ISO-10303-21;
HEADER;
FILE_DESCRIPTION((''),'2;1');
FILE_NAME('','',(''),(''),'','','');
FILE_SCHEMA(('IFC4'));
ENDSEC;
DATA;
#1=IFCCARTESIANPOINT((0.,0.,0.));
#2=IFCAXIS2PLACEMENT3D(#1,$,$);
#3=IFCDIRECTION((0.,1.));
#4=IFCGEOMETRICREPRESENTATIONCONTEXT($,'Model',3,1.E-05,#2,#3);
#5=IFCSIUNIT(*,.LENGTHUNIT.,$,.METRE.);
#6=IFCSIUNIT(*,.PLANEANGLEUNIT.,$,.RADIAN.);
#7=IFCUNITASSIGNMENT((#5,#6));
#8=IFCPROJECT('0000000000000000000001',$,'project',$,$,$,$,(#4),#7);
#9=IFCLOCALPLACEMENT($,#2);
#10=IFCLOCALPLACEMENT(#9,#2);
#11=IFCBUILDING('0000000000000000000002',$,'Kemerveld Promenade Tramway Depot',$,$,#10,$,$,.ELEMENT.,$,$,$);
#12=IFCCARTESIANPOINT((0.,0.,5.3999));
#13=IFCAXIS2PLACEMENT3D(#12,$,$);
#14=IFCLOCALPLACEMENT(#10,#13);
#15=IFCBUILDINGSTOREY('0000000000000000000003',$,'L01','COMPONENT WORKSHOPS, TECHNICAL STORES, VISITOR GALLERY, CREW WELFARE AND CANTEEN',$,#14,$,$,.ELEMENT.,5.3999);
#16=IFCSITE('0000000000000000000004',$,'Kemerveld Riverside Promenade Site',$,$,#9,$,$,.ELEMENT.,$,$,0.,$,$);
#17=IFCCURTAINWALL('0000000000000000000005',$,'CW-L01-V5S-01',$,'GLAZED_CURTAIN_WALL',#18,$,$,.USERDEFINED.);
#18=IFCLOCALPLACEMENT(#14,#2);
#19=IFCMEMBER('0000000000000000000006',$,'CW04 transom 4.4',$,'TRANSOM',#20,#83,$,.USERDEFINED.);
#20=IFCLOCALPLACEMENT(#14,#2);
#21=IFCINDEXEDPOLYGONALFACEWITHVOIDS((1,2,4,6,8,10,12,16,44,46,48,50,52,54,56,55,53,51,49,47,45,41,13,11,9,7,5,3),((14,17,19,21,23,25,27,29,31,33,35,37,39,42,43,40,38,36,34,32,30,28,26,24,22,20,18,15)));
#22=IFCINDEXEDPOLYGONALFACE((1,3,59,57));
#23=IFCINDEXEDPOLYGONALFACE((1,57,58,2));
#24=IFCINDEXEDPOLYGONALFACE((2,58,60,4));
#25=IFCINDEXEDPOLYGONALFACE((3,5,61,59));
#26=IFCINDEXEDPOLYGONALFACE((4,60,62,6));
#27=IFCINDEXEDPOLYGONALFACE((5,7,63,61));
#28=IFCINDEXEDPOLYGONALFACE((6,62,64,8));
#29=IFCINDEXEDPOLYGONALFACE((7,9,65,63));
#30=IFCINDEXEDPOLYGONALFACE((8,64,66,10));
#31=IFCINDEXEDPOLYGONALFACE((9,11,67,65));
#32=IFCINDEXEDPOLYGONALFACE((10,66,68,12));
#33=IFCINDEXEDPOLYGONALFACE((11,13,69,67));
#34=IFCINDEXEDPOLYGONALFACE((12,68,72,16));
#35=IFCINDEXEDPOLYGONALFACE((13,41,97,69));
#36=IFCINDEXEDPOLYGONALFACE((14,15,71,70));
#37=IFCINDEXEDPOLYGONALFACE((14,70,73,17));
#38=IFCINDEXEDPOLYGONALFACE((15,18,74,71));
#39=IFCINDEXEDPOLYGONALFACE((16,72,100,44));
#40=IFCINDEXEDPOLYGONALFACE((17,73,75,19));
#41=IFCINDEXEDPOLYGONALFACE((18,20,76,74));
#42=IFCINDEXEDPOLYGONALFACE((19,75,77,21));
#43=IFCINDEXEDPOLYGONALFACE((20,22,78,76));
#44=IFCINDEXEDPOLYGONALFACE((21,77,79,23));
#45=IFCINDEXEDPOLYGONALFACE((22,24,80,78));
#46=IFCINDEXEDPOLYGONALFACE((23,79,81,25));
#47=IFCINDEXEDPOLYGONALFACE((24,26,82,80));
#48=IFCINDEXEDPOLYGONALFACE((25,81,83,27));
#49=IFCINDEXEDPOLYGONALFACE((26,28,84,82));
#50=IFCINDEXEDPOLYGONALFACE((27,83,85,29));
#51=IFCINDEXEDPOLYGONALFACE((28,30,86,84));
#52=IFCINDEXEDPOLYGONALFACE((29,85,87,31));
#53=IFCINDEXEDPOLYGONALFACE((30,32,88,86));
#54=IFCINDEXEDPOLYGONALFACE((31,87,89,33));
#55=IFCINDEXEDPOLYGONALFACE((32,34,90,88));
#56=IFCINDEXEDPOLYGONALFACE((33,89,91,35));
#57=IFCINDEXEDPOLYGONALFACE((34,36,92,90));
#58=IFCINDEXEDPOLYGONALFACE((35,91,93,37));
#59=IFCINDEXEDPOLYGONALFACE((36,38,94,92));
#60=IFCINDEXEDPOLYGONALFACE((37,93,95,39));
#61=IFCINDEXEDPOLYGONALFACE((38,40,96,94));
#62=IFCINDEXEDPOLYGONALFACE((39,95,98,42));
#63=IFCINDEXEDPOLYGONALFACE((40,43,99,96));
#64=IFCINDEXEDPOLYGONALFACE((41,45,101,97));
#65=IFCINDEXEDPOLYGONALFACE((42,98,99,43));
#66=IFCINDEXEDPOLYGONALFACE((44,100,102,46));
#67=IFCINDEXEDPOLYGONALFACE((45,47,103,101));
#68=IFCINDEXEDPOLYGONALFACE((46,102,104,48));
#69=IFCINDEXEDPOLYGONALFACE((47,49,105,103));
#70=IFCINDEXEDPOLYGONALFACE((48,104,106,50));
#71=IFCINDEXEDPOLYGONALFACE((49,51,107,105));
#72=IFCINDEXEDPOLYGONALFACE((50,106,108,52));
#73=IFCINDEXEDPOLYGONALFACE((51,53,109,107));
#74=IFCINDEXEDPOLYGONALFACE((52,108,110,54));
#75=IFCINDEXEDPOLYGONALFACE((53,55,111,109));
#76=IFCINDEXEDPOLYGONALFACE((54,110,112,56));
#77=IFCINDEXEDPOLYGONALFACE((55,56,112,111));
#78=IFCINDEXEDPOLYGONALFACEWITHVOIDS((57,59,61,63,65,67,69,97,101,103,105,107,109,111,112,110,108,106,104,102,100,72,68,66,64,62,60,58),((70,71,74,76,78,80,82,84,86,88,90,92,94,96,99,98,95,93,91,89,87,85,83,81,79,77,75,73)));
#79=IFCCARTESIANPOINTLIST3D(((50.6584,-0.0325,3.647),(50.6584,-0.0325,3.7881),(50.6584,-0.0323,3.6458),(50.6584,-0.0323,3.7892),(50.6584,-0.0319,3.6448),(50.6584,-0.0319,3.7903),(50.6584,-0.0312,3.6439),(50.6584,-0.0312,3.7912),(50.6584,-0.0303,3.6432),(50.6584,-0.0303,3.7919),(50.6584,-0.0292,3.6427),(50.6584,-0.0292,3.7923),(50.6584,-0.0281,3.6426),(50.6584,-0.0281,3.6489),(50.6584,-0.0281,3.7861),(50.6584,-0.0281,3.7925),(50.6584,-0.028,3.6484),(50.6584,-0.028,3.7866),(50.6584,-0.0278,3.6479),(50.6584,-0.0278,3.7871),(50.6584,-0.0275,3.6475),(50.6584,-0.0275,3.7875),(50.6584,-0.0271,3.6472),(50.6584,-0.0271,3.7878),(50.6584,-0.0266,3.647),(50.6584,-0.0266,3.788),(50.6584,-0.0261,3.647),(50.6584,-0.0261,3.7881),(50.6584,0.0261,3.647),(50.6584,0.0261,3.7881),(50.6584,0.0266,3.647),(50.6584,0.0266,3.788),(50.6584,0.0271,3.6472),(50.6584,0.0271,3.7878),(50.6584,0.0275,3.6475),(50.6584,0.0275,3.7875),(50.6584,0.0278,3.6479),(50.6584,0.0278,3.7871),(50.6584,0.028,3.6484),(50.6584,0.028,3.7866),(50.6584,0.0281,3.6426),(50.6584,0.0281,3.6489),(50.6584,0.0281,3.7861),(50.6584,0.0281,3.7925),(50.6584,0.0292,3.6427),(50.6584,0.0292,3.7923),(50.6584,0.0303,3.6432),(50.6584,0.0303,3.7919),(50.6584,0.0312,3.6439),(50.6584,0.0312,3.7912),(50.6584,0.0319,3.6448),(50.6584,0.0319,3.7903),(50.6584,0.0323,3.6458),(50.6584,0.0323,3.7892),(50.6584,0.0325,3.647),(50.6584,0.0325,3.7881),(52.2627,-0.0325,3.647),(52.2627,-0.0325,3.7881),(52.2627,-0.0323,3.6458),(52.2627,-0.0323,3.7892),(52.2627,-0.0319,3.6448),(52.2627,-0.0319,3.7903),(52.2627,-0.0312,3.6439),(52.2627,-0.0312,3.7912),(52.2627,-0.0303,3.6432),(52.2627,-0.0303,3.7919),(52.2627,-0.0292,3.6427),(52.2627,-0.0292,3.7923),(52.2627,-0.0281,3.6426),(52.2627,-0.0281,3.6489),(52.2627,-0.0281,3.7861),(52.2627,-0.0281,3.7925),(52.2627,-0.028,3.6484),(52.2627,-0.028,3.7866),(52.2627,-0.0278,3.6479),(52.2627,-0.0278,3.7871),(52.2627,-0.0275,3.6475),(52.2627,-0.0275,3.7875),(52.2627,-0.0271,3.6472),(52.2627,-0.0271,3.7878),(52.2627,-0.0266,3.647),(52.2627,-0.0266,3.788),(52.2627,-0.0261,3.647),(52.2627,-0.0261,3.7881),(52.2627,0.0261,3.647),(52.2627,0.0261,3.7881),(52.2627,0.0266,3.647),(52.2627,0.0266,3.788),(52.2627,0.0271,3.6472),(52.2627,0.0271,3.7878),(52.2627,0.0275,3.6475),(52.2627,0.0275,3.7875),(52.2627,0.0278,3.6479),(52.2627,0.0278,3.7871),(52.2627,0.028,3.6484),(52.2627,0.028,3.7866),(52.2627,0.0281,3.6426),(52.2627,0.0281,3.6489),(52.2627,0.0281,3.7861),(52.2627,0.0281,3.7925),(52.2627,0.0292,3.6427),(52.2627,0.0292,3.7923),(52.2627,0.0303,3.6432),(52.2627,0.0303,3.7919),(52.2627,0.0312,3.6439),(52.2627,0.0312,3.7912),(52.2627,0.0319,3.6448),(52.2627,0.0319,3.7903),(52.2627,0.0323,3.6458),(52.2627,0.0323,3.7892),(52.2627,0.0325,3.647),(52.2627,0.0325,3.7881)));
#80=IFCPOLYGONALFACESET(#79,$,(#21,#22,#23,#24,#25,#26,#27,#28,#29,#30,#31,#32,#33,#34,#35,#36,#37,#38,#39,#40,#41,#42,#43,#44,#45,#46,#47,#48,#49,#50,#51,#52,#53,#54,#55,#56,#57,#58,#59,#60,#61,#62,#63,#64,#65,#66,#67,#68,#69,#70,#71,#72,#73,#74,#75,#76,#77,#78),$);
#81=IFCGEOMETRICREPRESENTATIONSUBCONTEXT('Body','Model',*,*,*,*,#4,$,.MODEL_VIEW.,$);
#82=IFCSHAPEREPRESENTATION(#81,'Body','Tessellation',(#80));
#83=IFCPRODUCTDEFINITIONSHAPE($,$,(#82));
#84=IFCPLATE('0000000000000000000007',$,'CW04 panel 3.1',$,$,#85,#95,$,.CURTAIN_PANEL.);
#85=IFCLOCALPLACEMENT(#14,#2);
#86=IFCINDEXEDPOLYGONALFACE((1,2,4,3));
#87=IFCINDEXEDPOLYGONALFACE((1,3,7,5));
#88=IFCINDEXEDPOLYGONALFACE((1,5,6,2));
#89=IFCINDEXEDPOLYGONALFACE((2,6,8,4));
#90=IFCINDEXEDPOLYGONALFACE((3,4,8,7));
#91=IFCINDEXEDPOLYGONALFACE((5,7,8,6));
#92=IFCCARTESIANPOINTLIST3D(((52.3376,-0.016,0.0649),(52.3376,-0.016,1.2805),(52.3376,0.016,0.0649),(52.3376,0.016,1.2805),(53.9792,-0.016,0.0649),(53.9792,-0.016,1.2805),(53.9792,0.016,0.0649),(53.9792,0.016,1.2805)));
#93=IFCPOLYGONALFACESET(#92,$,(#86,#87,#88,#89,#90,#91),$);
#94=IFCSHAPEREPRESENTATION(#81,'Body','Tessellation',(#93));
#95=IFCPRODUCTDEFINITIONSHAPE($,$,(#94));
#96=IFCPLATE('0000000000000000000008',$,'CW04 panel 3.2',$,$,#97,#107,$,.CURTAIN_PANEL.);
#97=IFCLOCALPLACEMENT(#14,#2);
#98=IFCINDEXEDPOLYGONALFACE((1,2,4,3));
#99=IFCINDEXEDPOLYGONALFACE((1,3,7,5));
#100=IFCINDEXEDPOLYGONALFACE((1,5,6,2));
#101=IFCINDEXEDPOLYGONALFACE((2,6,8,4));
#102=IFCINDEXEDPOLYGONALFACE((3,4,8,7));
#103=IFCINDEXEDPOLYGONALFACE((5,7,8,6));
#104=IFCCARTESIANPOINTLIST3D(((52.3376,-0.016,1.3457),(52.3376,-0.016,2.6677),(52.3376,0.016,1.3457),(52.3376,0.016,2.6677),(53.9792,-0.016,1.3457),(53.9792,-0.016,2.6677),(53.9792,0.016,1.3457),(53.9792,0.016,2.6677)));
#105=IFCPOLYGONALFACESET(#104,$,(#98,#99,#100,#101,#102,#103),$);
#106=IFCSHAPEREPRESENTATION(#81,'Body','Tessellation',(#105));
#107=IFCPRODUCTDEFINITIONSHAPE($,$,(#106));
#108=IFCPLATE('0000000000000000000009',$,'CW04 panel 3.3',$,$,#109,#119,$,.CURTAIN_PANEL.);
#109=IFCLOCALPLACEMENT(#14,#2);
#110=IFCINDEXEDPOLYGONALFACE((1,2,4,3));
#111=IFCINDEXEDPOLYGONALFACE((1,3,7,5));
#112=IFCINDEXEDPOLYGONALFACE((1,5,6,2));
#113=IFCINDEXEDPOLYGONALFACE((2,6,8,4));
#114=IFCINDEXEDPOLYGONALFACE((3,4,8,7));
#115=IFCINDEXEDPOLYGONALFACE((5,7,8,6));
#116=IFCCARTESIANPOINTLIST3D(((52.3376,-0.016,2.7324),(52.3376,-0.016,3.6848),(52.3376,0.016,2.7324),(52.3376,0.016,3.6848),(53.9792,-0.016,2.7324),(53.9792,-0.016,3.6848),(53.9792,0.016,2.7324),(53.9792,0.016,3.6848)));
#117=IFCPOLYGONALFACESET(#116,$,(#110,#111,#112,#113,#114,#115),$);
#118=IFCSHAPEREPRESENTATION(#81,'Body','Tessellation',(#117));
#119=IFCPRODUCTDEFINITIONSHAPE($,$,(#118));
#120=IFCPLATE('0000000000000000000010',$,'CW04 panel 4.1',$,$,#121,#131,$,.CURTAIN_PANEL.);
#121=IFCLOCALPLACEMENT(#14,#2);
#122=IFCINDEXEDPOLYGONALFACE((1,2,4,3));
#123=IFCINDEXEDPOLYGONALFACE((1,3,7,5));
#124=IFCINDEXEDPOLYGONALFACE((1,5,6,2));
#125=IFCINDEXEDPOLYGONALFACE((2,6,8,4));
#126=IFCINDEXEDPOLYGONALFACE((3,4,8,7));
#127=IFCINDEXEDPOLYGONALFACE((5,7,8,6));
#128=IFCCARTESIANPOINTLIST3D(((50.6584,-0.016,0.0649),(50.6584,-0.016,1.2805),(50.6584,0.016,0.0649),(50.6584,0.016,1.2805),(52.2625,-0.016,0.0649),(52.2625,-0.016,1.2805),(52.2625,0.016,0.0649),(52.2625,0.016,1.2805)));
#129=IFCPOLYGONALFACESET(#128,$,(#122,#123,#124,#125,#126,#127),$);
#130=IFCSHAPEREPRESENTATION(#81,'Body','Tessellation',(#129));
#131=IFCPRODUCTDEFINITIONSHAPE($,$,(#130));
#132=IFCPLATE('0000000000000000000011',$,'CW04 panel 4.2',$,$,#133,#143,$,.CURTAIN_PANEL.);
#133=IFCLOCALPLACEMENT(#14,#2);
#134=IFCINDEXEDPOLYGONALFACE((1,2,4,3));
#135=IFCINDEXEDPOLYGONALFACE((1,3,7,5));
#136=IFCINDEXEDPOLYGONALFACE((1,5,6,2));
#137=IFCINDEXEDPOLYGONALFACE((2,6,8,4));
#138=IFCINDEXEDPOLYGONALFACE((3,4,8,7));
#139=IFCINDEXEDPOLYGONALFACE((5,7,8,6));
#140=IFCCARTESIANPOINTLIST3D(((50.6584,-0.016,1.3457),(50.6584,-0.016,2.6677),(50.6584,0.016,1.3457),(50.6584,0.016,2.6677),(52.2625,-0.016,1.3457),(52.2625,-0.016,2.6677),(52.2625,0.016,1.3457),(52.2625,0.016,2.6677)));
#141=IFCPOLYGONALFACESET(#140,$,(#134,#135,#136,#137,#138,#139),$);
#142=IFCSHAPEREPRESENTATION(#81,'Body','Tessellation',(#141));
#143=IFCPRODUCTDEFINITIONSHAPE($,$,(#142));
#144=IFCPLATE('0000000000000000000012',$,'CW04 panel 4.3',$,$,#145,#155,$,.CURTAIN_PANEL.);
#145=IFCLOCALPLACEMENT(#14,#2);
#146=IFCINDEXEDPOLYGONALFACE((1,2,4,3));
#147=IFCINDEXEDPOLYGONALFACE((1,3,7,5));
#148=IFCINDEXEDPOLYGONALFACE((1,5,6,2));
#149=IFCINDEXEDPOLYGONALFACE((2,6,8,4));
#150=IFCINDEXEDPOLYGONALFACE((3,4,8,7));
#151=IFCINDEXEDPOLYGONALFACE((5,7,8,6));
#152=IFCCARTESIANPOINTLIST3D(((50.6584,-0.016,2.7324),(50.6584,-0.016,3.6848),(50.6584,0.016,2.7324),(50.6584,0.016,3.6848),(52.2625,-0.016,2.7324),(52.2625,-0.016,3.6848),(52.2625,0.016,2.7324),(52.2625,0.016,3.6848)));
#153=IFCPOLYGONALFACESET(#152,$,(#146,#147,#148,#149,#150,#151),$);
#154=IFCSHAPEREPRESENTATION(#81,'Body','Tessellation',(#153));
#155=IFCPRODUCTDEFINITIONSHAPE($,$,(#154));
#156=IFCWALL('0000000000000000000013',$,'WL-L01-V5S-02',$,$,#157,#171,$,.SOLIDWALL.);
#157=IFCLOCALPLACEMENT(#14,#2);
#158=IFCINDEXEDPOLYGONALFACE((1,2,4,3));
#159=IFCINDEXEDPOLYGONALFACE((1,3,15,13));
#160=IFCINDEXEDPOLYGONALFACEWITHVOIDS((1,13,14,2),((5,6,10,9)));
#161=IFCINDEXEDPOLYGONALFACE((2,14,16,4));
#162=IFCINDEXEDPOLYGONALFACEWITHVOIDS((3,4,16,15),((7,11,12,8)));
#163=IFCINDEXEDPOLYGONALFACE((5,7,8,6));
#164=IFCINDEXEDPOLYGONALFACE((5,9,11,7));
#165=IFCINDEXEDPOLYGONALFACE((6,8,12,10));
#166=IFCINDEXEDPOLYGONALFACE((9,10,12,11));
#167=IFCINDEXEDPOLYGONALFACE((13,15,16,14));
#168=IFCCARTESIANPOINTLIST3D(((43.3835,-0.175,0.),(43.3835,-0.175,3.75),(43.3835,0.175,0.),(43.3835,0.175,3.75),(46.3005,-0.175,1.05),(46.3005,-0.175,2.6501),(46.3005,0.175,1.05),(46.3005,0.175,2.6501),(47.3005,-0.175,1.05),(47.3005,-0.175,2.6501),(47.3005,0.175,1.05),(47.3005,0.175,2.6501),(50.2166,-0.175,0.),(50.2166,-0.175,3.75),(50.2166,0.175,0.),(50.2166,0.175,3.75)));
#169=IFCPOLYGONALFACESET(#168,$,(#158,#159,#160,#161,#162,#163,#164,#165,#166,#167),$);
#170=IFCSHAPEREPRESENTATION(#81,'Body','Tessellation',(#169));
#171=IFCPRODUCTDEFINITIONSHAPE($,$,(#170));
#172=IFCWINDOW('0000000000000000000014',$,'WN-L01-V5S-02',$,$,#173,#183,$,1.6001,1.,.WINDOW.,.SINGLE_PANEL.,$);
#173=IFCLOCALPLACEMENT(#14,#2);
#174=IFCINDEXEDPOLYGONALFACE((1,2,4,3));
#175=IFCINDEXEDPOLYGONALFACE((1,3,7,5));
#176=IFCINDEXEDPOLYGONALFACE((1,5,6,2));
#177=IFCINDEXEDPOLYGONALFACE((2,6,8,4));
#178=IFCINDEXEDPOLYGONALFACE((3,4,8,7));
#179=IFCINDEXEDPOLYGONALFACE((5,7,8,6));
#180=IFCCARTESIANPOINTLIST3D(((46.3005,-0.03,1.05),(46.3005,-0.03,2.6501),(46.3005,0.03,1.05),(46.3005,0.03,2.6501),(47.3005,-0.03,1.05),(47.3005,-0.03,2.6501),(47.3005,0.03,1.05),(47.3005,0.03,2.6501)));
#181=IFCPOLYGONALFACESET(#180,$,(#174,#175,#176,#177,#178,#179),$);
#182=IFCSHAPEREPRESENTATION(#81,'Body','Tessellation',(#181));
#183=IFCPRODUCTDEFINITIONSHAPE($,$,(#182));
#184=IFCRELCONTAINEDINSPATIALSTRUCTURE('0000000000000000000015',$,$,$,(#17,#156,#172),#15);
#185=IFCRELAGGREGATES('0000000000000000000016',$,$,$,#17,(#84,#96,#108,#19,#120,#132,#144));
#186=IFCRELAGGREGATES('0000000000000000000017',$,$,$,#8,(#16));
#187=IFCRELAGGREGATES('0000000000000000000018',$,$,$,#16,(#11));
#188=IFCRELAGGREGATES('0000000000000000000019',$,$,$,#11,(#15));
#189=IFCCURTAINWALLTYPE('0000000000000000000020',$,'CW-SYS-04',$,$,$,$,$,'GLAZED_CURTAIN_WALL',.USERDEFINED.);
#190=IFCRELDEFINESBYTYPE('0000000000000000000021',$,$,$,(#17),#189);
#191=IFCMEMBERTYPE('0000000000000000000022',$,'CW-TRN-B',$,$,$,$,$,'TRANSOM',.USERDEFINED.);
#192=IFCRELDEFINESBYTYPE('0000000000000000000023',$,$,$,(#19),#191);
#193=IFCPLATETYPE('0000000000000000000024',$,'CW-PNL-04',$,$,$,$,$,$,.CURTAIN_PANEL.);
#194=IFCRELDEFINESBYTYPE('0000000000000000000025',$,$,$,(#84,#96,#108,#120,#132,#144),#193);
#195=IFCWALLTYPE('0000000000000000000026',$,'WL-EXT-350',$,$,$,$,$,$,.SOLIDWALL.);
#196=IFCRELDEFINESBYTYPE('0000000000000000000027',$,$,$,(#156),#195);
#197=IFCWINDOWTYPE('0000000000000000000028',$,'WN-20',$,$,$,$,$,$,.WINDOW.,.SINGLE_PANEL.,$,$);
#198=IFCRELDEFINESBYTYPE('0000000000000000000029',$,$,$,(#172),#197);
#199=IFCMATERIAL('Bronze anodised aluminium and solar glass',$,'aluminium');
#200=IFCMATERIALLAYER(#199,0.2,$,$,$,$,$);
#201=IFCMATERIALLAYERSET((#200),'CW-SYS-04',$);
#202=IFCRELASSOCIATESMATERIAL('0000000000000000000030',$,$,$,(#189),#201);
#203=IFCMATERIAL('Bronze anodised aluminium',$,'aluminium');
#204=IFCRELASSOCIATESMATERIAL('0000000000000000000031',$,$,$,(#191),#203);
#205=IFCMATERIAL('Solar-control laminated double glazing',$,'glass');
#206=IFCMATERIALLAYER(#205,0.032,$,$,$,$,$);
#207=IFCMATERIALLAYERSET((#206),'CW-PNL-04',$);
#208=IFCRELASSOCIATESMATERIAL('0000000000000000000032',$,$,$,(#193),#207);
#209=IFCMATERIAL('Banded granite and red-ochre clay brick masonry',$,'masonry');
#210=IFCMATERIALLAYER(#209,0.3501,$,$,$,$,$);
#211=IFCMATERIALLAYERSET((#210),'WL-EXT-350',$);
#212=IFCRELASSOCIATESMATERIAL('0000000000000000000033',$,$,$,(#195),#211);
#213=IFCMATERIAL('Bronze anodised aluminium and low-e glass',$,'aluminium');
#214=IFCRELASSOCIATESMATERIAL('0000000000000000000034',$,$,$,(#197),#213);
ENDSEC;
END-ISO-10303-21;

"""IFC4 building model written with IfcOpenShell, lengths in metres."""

from ifc_helpers import new_model, si_unit, direction, frame, frame_2d, origin, origin_2d, place, context, subcontext, project, spatial, rectangle, hollow_rectangle, extrude, material, layer, layer_set, material_profile, profile_set, type_object, element, fill, aggregate, save


model = new_model("IFC4")

# Units and contexts
model_context = context("Model", 3, precision=1e-05, world=origin(), true_north=direction((0.0, 1.0)))
body_context = subcontext(model_context, "Body", "Model", "MODEL_VIEW")
ifc_project = project(units=[si_unit("LENGTHUNIT", "METRE"), si_unit("PLANEANGLEUNIT", "RADIAN")], contexts=[model_context])

# Site, building, storey
site_placement = place(None, origin())
site = spatial("IfcSite", under=ifc_project, at=site_placement, Name="Kemerveld Riverside Promenade Site", CompositionType="ELEMENT", RefElevation=0.0)
building_placement = place(site_placement, origin())
building = spatial("IfcBuilding", under=site, at=building_placement, Name="Kemerveld Promenade Tramway Depot", CompositionType="ELEMENT")
storey_placement = place(building_placement, frame((0.0, 0.0, 5.3999)))
storey = spatial("IfcBuildingStorey", under=building, at=storey_placement, Name="L01", Description="COMPONENT WORKSHOPS, TECHNICAL STORES, VISITOR GALLERY, CREW WELFARE AND CANTEEN", CompositionType="ELEMENT", Elevation=5.3999)

# Curtain wall, member, plates
ifc_material_1 = material(Name="Bronze anodised aluminium and solar glass", Category="aluminium")
ifc_layer_1 = layer(ifc_material_1, 0.2)
ifc_layer_set_1 = layer_set([ifc_layer_1], Name="CW-SYS-04")
curtain_wall_type = type_object("IfcCurtainWallType", Name="CW-SYS-04", ElementType="GLAZED_CURTAIN_WALL", PredefinedType="USERDEFINED", material=ifc_layer_set_1)
curtain_wall_placement = place(storey_placement, origin())
curtain_wall = element("IfcCurtainWall", 1, at=curtain_wall_placement, inside=storey, type_object=curtain_wall_type, Name="CW-L01-V5S-01", ObjectType="GLAZED_CURTAIN_WALL", PredefinedType="USERDEFINED")
ifc_material_2 = material(Name="Bronze anodised aluminium", Category="aluminium")
ifc_material_profile_1 = material_profile(ifc_material_2, hollow_rectangle(XDim=0.0649, YDim=0.1499, WallThickness=0.0044, InnerFilletRadius=0.002, OuterFilletRadius=0.0044, at=origin_2d()), Name="CW-TRN-150x65")
ifc_profile_set_1 = profile_set([ifc_material_profile_1], Name="Bronze anodised aluminium")
member_type_1 = type_object("IfcMemberType", Name="CW-TRN-B", ElementType="TRANSOM", PredefinedType="USERDEFINED", material=ifc_profile_set_1)
member_1_placement = place(storey_placement, frame((52.2627, 0.0, 3.7175), z_axis=(-1.0, 0.0, 0.0), x_axis=(0.0, -1.0, 0.0)))
member_1 = element("IfcMember", 2, at=member_1_placement, type_object=member_type_1, Name="CW04 transom 4.4", ObjectType="TRANSOM", PredefinedType="USERDEFINED", context=body_context, shape_type="SweptSolid", body=[
    extrude(hollow_rectangle(XDim=0.0649, YDim=0.1499, WallThickness=0.0044, InnerFilletRadius=0.002, OuterFilletRadius=0.0044, at=origin_2d()), origin(), (0.0, 0.0, 1.0), 1.6042),
])
ifc_material_3 = material(Name="Solar-control laminated double glazing", Category="glass")
ifc_layer_2 = layer(ifc_material_3, 0.032)
ifc_layer_set_2 = layer_set([ifc_layer_2], Name="CW-PNL-04")
plate_type = type_object("IfcPlateType", Name="CW-PNL-04", PredefinedType="CURTAIN_PANEL", material=ifc_layer_set_2)
plate_1_placement = place(storey_placement, frame((53.1584, 0.0, 0.0649), z_axis=(0.0, 0.0, 1.0), x_axis=(-1.0, 0.0, 0.0)))
plate_1 = element("IfcPlate", 3, at=plate_1_placement, type_object=plate_type, Name="CW04 panel 3.1", PredefinedType="CURTAIN_PANEL", context=body_context, shape_type="SweptSolid", body=[
    extrude(rectangle(XDim=1.6416, YDim=0.032, at=origin_2d()), origin(), (0.0, 0.0, 1.0), 1.2156),
])
plate_2_placement = place(storey_placement, frame((53.1584, 0.0, 1.3457), z_axis=(0.0, 0.0, 1.0), x_axis=(-1.0, 0.0, 0.0)))
plate_2 = element("IfcPlate", 4, at=plate_2_placement, type_object=plate_type, Name="CW04 panel 3.2", PredefinedType="CURTAIN_PANEL", context=body_context, shape_type="SweptSolid", body=[
    extrude(rectangle(XDim=1.6416, YDim=0.032, at=origin_2d()), origin(), (0.0, 0.0, 1.0), 1.322),
])
plate_3_placement = place(storey_placement, frame((53.1584, 0.0, 2.7324), z_axis=(0.0, 0.0, 1.0), x_axis=(-1.0, 0.0, 0.0)))
plate_3 = element("IfcPlate", 5, at=plate_3_placement, type_object=plate_type, Name="CW04 panel 3.3", PredefinedType="CURTAIN_PANEL", context=body_context, shape_type="SweptSolid", body=[
    extrude(rectangle(XDim=1.6416, YDim=0.032, at=origin_2d()), origin(), (0.0, 0.0, 1.0), 0.9524),
])
plate_4_placement = place(storey_placement, frame((51.4604, 0.0, 0.0649), z_axis=(0.0, 0.0, 1.0), x_axis=(-1.0, 0.0, 0.0)))
plate_4 = element("IfcPlate", 6, at=plate_4_placement, type_object=plate_type, Name="CW04 panel 4.1", PredefinedType="CURTAIN_PANEL", context=body_context, shape_type="SweptSolid", body=[
    extrude(rectangle(XDim=1.604, YDim=0.032, at=origin_2d()), origin(), (0.0, 0.0, 1.0), 1.2156),
])
plate_5_placement = place(storey_placement, frame((51.4604, 0.0, 1.3457), z_axis=(0.0, 0.0, 1.0), x_axis=(-1.0, 0.0, 0.0)))
plate_5 = element("IfcPlate", 7, at=plate_5_placement, type_object=plate_type, Name="CW04 panel 4.2", PredefinedType="CURTAIN_PANEL", context=body_context, shape_type="SweptSolid", body=[
    extrude(rectangle(XDim=1.604, YDim=0.032, at=origin_2d()), origin(), (0.0, 0.0, 1.0), 1.322),
])
plate_6_placement = place(storey_placement, frame((51.4604, 0.0, 2.7324), z_axis=(0.0, 0.0, 1.0), x_axis=(-1.0, 0.0, 0.0)))
plate_6 = element("IfcPlate", 8, at=plate_6_placement, type_object=plate_type, Name="CW04 panel 4.3", PredefinedType="CURTAIN_PANEL", context=body_context, shape_type="SweptSolid", body=[
    extrude(rectangle(XDim=1.604, YDim=0.032, at=origin_2d()), origin(), (0.0, 0.0, 1.0), 0.9524),
])
aggregate(curtain_wall, [plate_1, plate_2, plate_3, member_1, plate_4, plate_5, plate_6])

# Wall, opening, window
ifc_material_4 = material(Name="Banded granite and red-ochre clay brick masonry", Category="masonry")
ifc_layer_3 = layer(ifc_material_4, 0.3501)
ifc_layer_set_3 = layer_set([ifc_layer_3], Name="WL-EXT-350")
wall_type = type_object("IfcWallType", Name="WL-EXT-350", PredefinedType="SOLIDWALL", material=ifc_layer_set_3)
wall_placement = place(storey_placement, frame((50.2166, 0.0, 0.0), z_axis=(0.0, 0.0, 1.0), x_axis=(-1.0, 0.0, 0.0)))
wall = element("IfcWall", 9, at=wall_placement, inside=storey, type_object=wall_type, Name="WL-L01-V5S-02", PredefinedType="SOLIDWALL", context=body_context, shape_type="SweptSolid", body=[
    extrude(rectangle(XDim=6.833, YDim=0.3501, at=frame_2d((3.4165, 0.0))), origin(), (0.0, 0.0, 1.0), 3.75),
])
opening_placement = place(wall_placement, frame((2.916, 0.0, 1.05)))
opening = element("IfcOpeningElement", 10, at=opening_placement, cuts=wall, PredefinedType="OPENING", context=body_context, shape_type="SweptSolid", body=[
    extrude(rectangle(XDim=1.0, YDim=1.6001, at=frame_2d((0.5, 0.8))), frame((0.0, 0.1851, 0.0), z_axis=(0.0, -1.0, 0.0), x_axis=(1.0, 0.0, 0.0)), (0.0, 0.0, 1.0), 0.3701),
])
ifc_material_5 = material(Name="Bronze anodised aluminium and low-e glass", Category="aluminium")
window_type = type_object("IfcWindowType", Name="WN-20", PartitioningType="SINGLE_PANEL", PredefinedType="WINDOW", material=ifc_material_5)
window_placement = place(opening_placement, origin())
window = element("IfcWindow", 11, at=window_placement, inside=storey, type_object=window_type, Name="WN-L01-V5S-02", OverallHeight=1.6001, OverallWidth=1.0, PartitioningType="SINGLE_PANEL", PredefinedType="WINDOW", context=body_context, shape_type="SweptSolid", body=[
    extrude(rectangle(XDim=1.0, YDim=1.6001, at=frame_2d((0.5, 0.8))), frame((0.0, 0.03, 0.0), z_axis=(0.0, -1.0, 0.0), x_axis=(1.0, 0.0, 0.0)), (0.0, 0.0, 1.0), 0.0601),
])
fill(opening, window)

save(model, "model.ifc")
